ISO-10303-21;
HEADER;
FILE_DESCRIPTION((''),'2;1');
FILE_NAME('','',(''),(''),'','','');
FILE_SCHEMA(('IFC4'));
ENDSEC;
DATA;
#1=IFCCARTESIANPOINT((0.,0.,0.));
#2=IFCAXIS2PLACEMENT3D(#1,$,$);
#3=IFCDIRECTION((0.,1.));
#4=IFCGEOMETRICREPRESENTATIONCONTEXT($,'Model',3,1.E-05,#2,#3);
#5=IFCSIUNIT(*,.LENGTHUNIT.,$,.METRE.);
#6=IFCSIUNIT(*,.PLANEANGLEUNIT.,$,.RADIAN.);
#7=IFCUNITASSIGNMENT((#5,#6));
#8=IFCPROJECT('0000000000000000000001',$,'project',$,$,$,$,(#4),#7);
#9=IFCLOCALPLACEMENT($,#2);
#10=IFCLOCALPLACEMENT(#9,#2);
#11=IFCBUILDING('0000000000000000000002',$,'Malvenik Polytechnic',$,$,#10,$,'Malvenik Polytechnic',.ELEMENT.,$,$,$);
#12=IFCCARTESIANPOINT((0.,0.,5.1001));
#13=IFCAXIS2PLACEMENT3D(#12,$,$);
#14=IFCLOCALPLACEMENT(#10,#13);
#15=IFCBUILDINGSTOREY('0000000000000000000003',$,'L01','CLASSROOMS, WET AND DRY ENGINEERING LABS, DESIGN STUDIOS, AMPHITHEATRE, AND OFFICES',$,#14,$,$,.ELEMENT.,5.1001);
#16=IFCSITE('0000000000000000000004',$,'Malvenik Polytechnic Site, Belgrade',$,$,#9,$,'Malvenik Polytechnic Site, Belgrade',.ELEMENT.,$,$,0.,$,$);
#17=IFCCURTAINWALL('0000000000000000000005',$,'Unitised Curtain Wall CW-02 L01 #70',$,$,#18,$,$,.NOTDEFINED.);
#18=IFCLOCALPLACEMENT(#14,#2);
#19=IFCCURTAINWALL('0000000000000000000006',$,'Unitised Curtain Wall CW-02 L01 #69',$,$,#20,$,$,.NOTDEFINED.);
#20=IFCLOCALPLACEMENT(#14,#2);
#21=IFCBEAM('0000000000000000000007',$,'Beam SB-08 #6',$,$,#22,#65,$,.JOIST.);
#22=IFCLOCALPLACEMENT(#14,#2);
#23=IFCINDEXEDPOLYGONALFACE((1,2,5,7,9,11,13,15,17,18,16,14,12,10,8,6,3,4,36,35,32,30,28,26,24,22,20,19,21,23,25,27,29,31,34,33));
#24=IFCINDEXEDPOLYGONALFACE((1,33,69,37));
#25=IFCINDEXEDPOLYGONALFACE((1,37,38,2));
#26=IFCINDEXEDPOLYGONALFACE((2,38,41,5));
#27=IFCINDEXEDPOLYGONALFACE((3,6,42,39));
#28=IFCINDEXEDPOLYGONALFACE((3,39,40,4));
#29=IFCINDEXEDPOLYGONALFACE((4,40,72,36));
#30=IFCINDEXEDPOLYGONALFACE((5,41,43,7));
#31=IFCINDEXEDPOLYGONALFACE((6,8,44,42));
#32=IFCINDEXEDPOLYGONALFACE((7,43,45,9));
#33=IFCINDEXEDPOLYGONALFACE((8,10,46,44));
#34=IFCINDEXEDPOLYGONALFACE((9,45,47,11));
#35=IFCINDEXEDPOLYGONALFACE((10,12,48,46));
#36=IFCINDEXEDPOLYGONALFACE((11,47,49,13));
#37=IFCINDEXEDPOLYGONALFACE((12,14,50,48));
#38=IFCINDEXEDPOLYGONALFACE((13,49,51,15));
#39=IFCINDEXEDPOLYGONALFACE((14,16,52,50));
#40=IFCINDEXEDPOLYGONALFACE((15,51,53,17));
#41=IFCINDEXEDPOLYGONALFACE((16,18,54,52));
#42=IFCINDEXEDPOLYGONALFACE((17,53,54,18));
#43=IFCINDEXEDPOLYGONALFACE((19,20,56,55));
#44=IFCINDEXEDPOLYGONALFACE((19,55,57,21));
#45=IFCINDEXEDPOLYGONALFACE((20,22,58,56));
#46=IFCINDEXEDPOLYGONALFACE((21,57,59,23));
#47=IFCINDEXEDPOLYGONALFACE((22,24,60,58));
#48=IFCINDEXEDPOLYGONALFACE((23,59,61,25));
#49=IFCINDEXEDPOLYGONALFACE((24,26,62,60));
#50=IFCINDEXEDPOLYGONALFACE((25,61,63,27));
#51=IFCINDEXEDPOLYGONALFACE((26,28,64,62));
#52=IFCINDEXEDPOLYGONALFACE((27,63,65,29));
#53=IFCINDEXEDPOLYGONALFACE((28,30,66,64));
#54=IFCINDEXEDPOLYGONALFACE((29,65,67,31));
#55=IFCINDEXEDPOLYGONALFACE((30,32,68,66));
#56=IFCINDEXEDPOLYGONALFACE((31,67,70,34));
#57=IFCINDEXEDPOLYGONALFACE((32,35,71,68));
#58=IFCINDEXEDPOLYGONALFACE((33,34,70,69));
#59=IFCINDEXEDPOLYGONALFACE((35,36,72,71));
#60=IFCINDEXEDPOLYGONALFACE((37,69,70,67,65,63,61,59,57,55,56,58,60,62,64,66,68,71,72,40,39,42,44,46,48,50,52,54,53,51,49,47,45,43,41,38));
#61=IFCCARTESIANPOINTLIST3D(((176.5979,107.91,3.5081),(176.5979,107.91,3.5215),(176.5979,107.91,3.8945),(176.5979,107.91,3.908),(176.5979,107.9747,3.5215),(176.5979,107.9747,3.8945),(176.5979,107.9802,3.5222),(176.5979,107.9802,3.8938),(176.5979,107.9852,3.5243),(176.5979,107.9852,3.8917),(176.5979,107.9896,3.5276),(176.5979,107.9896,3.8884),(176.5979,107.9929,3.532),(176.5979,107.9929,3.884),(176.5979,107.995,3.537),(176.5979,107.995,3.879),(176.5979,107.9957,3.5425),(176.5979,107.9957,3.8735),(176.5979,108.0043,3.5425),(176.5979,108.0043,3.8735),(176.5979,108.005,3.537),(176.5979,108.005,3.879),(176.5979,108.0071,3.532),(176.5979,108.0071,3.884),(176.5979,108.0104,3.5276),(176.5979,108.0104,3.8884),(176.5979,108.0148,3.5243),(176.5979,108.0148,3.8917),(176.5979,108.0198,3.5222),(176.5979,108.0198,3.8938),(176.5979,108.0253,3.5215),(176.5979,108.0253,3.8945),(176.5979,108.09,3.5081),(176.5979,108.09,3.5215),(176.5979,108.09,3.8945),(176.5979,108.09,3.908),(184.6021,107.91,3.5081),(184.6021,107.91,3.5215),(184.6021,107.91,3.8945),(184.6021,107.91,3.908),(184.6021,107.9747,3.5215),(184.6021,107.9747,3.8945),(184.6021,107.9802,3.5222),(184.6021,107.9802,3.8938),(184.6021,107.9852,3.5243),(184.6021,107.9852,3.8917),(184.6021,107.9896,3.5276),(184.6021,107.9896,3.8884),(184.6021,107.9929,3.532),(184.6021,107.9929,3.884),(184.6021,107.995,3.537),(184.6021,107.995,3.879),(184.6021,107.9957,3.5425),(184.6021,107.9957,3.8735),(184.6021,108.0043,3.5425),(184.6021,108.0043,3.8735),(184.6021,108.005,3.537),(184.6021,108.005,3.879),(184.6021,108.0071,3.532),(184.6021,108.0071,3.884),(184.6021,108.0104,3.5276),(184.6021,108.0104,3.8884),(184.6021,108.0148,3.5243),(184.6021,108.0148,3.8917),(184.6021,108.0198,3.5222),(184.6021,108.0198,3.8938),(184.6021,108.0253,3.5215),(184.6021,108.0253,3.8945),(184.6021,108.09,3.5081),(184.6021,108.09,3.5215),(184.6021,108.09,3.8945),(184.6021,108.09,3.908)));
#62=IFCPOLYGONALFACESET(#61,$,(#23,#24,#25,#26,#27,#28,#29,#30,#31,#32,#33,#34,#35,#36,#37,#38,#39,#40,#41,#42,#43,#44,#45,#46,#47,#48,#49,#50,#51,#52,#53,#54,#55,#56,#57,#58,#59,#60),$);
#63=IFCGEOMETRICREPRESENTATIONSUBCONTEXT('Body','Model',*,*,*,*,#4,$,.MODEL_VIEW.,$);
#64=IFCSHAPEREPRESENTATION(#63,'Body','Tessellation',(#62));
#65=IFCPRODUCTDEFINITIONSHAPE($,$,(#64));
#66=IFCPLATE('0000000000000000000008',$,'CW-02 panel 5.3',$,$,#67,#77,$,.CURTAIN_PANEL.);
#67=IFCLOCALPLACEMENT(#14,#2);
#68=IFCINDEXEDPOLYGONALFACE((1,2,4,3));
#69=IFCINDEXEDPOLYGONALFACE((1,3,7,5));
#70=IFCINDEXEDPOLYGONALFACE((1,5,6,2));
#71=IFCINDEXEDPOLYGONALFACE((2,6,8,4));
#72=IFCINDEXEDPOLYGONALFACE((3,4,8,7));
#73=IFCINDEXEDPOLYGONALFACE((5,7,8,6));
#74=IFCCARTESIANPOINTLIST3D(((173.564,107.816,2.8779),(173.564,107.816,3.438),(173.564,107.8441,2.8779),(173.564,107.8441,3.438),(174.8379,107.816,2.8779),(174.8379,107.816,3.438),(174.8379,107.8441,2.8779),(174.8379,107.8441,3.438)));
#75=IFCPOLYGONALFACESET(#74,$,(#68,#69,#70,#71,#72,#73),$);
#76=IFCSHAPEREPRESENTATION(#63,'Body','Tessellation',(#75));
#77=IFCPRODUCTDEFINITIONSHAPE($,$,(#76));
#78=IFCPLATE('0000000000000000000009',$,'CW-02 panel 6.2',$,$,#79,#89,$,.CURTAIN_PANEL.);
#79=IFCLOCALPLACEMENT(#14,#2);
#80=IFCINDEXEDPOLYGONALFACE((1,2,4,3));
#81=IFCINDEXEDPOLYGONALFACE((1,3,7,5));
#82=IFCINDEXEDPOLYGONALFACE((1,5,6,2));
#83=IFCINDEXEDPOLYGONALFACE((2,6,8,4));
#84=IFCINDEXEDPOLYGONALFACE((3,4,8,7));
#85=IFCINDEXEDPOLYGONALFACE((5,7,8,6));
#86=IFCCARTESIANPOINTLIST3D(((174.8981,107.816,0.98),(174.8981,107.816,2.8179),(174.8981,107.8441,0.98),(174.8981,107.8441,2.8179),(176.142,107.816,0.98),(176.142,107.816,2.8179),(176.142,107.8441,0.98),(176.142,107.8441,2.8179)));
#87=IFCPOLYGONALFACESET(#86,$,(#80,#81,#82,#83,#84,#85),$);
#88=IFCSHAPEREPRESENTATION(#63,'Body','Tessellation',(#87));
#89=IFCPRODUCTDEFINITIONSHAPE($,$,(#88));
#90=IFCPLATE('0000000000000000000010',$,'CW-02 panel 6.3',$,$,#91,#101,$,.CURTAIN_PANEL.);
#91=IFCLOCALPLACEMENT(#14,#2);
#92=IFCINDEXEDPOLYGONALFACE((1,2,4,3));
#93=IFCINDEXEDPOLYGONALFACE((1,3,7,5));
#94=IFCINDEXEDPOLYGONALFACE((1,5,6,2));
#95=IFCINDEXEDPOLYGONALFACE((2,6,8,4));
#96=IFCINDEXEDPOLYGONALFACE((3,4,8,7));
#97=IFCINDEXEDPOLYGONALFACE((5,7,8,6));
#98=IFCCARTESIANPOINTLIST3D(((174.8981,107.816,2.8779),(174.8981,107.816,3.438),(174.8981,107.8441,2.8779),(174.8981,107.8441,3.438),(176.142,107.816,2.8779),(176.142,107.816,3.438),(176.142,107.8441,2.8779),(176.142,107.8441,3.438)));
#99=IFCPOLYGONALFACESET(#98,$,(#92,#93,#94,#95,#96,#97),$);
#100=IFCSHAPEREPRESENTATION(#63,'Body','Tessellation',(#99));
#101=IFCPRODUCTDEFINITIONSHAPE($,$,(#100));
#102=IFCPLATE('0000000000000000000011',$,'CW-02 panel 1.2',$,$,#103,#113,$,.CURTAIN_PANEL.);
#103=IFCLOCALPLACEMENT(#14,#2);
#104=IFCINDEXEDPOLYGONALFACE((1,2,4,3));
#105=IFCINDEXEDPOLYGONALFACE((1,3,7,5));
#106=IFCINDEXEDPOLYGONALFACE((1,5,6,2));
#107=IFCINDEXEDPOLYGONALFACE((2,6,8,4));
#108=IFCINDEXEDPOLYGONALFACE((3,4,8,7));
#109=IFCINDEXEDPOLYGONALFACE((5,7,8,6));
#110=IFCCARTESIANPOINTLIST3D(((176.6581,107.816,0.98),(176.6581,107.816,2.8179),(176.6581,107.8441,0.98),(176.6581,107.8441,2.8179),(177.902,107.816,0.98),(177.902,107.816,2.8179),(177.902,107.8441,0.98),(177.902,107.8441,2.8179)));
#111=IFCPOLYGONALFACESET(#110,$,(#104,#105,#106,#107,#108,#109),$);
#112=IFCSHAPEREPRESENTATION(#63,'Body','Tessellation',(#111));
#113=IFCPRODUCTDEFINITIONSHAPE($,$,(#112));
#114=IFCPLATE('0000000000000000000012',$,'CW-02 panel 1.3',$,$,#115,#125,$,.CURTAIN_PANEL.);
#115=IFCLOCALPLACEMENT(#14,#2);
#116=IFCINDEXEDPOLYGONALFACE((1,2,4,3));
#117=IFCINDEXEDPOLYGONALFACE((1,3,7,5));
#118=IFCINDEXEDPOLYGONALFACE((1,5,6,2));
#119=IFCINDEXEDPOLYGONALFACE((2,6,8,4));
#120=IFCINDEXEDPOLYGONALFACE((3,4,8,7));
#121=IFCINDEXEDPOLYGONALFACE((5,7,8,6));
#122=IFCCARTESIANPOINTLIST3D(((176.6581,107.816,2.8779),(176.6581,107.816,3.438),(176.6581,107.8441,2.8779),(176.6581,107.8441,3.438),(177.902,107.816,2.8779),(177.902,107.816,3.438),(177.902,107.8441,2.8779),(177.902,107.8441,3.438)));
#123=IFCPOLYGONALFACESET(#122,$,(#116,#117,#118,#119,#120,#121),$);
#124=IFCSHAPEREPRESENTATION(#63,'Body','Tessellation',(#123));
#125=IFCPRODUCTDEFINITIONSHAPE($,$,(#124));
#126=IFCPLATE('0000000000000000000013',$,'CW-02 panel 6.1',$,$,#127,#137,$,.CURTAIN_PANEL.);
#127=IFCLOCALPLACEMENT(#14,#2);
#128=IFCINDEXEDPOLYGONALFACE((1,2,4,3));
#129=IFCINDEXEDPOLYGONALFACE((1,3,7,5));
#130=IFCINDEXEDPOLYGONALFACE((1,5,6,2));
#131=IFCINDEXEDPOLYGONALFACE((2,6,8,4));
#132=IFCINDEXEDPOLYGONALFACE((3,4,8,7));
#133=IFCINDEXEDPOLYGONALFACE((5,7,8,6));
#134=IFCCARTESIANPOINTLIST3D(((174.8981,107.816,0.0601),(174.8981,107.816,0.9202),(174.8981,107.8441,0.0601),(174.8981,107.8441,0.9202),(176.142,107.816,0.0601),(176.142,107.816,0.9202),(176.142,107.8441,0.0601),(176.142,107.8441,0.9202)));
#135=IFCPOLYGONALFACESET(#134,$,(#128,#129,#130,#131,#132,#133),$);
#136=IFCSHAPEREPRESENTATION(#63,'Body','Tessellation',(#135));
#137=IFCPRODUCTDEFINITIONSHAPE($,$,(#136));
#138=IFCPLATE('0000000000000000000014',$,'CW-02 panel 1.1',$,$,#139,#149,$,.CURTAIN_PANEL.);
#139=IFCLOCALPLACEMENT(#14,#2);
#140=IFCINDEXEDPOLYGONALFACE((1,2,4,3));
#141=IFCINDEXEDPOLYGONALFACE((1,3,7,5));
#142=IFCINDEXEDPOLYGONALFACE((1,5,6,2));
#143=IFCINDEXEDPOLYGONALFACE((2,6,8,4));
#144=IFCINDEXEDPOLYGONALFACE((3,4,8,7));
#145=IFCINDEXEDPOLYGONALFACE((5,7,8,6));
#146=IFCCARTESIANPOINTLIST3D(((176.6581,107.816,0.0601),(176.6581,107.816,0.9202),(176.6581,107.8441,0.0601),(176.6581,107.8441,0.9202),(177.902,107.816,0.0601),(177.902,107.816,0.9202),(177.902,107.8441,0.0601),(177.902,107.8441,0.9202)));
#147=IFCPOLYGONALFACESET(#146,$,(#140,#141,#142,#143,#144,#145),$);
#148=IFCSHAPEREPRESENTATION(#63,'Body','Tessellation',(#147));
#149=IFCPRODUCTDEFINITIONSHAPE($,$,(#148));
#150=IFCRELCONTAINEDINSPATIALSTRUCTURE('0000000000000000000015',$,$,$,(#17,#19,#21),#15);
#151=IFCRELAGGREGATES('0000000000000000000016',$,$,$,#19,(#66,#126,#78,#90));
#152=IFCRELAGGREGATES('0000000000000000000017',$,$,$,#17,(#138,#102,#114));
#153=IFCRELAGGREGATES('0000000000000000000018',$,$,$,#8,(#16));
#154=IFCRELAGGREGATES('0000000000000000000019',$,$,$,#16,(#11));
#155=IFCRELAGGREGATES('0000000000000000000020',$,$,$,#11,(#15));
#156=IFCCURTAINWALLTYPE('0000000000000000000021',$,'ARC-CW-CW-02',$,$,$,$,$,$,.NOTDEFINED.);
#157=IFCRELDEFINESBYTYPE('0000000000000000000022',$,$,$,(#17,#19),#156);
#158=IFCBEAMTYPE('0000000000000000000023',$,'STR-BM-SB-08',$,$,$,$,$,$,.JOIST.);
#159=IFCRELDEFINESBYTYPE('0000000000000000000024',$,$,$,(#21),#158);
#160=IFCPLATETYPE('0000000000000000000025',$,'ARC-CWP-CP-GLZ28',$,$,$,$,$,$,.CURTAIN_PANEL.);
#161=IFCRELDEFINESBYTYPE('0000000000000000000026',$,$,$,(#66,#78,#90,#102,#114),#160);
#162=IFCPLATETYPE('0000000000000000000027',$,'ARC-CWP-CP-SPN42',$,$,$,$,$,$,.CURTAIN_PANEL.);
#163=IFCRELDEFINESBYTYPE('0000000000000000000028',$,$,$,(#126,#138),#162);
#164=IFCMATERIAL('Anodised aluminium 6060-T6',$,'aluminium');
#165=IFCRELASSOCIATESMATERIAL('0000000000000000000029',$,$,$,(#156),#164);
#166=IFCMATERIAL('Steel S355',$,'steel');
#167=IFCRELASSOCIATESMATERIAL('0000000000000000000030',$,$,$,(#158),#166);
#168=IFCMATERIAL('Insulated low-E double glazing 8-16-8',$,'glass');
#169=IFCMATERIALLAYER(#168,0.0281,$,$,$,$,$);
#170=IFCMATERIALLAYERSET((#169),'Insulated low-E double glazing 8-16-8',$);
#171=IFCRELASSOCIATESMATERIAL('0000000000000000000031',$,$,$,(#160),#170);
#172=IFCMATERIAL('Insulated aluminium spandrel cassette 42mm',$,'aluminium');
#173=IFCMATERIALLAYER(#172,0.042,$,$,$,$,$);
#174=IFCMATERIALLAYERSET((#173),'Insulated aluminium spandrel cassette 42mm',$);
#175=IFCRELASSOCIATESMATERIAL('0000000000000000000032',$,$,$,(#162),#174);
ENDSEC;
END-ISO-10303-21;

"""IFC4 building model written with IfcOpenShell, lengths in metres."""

from ifc_helpers import new_model, si_unit, direction, frame, origin, origin_2d, place, context, subcontext, project, spatial, rectangle, i_section, extrude, material, layer, layer_set, material_profile, profile_set, type_object, element, aggregate, save


model = new_model("IFC4")

# Units and contexts
model_context = context("Model", 3, precision=1e-05, world=origin(), true_north=direction((0.0, 1.0)))
body_context = subcontext(model_context, "Body", "Model", "MODEL_VIEW")
ifc_project = project(units=[si_unit("LENGTHUNIT", "METRE"), si_unit("PLANEANGLEUNIT", "RADIAN")], contexts=[model_context])

# Site, building, storey
site_placement = place(None, origin())
site = spatial("IfcSite", under=ifc_project, at=site_placement, Name="Malvenik Polytechnic Site, Belgrade", LongName="Malvenik Polytechnic Site, Belgrade", CompositionType="ELEMENT", RefElevation=0.0)
building_placement = place(site_placement, origin())
building = spatial("IfcBuilding", under=site, at=building_placement, Name="Malvenik Polytechnic", LongName="Malvenik Polytechnic", CompositionType="ELEMENT")
storey_placement = place(building_placement, frame((0.0, 0.0, 5.1001)))
storey = spatial("IfcBuildingStorey", under=building, at=storey_placement, Name="L01", Description="CLASSROOMS, WET AND DRY ENGINEERING LABS, DESIGN STUDIOS, AMPHITHEATRE, AND OFFICES", CompositionType="ELEMENT", Elevation=5.1001)

# Curtain walls
ifc_material_1 = material(Name="Anodised aluminium 6060-T6", Category="aluminium")
curtain_wall_type = type_object("IfcCurtainWallType", Name="ARC-CW-CW-02", PredefinedType="NOTDEFINED", material=ifc_material_1)
curtain_wall_1_placement = place(storey_placement, origin())
curtain_wall_1 = element("IfcCurtainWall", 1, at=curtain_wall_1_placement, inside=storey, type_object=curtain_wall_type, Name="Unitised Curtain Wall CW-02 L01 #70", PredefinedType="NOTDEFINED")
curtain_wall_2_placement = place(storey_placement, origin())
curtain_wall_2 = element("IfcCurtainWall", 2, at=curtain_wall_2_placement, inside=storey, type_object=curtain_wall_type, Name="Unitised Curtain Wall CW-02 L01 #69", PredefinedType="NOTDEFINED")

# Beam
ifc_material_2 = material(Name="Steel S355", Category="steel")
ifc_material_profile_1 = material_profile(ifc_material_2, i_section(OverallWidth=0.1799, OverallDepth=0.3999, WebThickness=0.0085, FlangeThickness=0.0134, FilletRadius=0.021, at=origin_2d()), Name="IPE 400")
ifc_profile_set_1 = profile_set([ifc_material_profile_1], Name="Steel S355")
beam_type = type_object("IfcBeamType", Name="STR-BM-SB-08", PredefinedType="JOIST", material=ifc_profile_set_1)
beam_placement = place(storey_placement, frame((176.5979, 108.0, 3.708), z_axis=(1.0, 0.0, 0.0), x_axis=(0.0, 1.0, 0.0)))
element("IfcBeam", 3, at=beam_placement, inside=storey, type_object=beam_type, Name="Beam SB-08 #6", PredefinedType="JOIST", context=body_context, shape_type="SweptSolid", body=[
    extrude(i_section(OverallWidth=0.1799, OverallDepth=0.3999, WebThickness=0.0085, FlangeThickness=0.0134, FilletRadius=0.021, at=origin_2d()), origin(), (0.0, 0.0, 1.0), 8.0042),
])

# Plates
ifc_material_3 = material(Name="Insulated low-E double glazing 8-16-8", Category="glass")
ifc_layer_1 = layer(ifc_material_3, 0.0281)
ifc_layer_set_1 = layer_set([ifc_layer_1], Name="Insulated low-E double glazing 8-16-8")
plate_type_1 = type_object("IfcPlateType", Name="ARC-CWP-CP-GLZ28", PredefinedType="CURTAIN_PANEL", material=ifc_layer_set_1)
plate_1_placement = place(storey_placement, frame((174.2009, 107.8301, 2.8779), z_axis=(0.0, 0.0, 1.0), x_axis=(1.0, 0.0, 0.0)))
plate_1 = element("IfcPlate", 4, at=plate_1_placement, type_object=plate_type_1, Name="CW-02 panel 5.3", PredefinedType="CURTAIN_PANEL", context=body_context, shape_type="SweptSolid", body=[
    extrude(rectangle(XDim=1.2739, YDim=0.0281, at=origin_2d()), origin(), (0.0, 0.0, 1.0), 0.5601),
])
plate_2_placement = place(storey_placement, frame((175.52, 107.8301, 0.98), z_axis=(0.0, 0.0, 1.0), x_axis=(1.0, 0.0, 0.0)))
plate_2 = element("IfcPlate", 5, at=plate_2_placement, type_object=plate_type_1, Name="CW-02 panel 6.2", PredefinedType="CURTAIN_PANEL", context=body_context, shape_type="SweptSolid", body=[
    extrude(rectangle(XDim=1.2439, YDim=0.0281, at=origin_2d()), origin(), (0.0, 0.0, 1.0), 1.8379),
])
plate_3_placement = place(storey_placement, frame((175.52, 107.8301, 2.8779), z_axis=(0.0, 0.0, 1.0), x_axis=(1.0, 0.0, 0.0)))
plate_3 = element("IfcPlate", 6, at=plate_3_placement, type_object=plate_type_1, Name="CW-02 panel 6.3", PredefinedType="CURTAIN_PANEL", context=body_context, shape_type="SweptSolid", body=[
    extrude(rectangle(XDim=1.2439, YDim=0.0281, at=origin_2d()), origin(), (0.0, 0.0, 1.0), 0.5601),
])
plate_4_placement = place(storey_placement, frame((177.28, 107.8301, 0.98), z_axis=(0.0, 0.0, 1.0), x_axis=(1.0, 0.0, 0.0)))
plate_4 = element("IfcPlate", 7, at=plate_4_placement, type_object=plate_type_1, Name="CW-02 panel 1.2", PredefinedType="CURTAIN_PANEL", context=body_context, shape_type="SweptSolid", body=[
    extrude(rectangle(XDim=1.2439, YDim=0.0281, at=origin_2d()), origin(), (0.0, 0.0, 1.0), 1.8379),
])
plate_5_placement = place(storey_placement, frame((177.28, 107.8301, 2.8779), z_axis=(0.0, 0.0, 1.0), x_axis=(1.0, 0.0, 0.0)))
plate_5 = element("IfcPlate", 8, at=plate_5_placement, type_object=plate_type_1, Name="CW-02 panel 1.3", PredefinedType="CURTAIN_PANEL", context=body_context, shape_type="SweptSolid", body=[
    extrude(rectangle(XDim=1.2439, YDim=0.0281, at=origin_2d()), origin(), (0.0, 0.0, 1.0), 0.5601),
])
ifc_material_4 = material(Name="Insulated aluminium spandrel cassette 42mm", Category="aluminium")
ifc_layer_2 = layer(ifc_material_4, 0.042)
ifc_layer_set_2 = layer_set([ifc_layer_2], Name="Insulated aluminium spandrel cassette 42mm")
plate_type_2 = type_object("IfcPlateType", Name="ARC-CWP-CP-SPN42", PredefinedType="CURTAIN_PANEL", material=ifc_layer_set_2)
plate_6_placement = place(storey_placement, frame((175.52, 107.8301, 0.0601), z_axis=(0.0, 0.0, 1.0), x_axis=(1.0, 0.0, 0.0)))
plate_6 = element("IfcPlate", 9, at=plate_6_placement, type_object=plate_type_2, Name="CW-02 panel 6.1", PredefinedType="CURTAIN_PANEL", context=body_context, shape_type="SweptSolid", body=[
    extrude(rectangle(XDim=1.2439, YDim=0.0281, at=origin_2d()), origin(), (0.0, 0.0, 1.0), 0.8601),
])
aggregate(curtain_wall_2, [plate_1, plate_6, plate_2, plate_3])
plate_7_placement = place(storey_placement, frame((177.28, 107.8301, 0.0601), z_axis=(0.0, 0.0, 1.0), x_axis=(1.0, 0.0, 0.0)))
plate_7 = element("IfcPlate", 10, at=plate_7_placement, type_object=plate_type_2, Name="CW-02 panel 1.1", PredefinedType="CURTAIN_PANEL", context=body_context, shape_type="SweptSolid", body=[
    extrude(rectangle(XDim=1.2439, YDim=0.0281, at=origin_2d()), origin(), (0.0, 0.0, 1.0), 0.8601),
])
aggregate(curtain_wall_1, [plate_7, plate_4, plate_5])

save(model, "model.ifc")
